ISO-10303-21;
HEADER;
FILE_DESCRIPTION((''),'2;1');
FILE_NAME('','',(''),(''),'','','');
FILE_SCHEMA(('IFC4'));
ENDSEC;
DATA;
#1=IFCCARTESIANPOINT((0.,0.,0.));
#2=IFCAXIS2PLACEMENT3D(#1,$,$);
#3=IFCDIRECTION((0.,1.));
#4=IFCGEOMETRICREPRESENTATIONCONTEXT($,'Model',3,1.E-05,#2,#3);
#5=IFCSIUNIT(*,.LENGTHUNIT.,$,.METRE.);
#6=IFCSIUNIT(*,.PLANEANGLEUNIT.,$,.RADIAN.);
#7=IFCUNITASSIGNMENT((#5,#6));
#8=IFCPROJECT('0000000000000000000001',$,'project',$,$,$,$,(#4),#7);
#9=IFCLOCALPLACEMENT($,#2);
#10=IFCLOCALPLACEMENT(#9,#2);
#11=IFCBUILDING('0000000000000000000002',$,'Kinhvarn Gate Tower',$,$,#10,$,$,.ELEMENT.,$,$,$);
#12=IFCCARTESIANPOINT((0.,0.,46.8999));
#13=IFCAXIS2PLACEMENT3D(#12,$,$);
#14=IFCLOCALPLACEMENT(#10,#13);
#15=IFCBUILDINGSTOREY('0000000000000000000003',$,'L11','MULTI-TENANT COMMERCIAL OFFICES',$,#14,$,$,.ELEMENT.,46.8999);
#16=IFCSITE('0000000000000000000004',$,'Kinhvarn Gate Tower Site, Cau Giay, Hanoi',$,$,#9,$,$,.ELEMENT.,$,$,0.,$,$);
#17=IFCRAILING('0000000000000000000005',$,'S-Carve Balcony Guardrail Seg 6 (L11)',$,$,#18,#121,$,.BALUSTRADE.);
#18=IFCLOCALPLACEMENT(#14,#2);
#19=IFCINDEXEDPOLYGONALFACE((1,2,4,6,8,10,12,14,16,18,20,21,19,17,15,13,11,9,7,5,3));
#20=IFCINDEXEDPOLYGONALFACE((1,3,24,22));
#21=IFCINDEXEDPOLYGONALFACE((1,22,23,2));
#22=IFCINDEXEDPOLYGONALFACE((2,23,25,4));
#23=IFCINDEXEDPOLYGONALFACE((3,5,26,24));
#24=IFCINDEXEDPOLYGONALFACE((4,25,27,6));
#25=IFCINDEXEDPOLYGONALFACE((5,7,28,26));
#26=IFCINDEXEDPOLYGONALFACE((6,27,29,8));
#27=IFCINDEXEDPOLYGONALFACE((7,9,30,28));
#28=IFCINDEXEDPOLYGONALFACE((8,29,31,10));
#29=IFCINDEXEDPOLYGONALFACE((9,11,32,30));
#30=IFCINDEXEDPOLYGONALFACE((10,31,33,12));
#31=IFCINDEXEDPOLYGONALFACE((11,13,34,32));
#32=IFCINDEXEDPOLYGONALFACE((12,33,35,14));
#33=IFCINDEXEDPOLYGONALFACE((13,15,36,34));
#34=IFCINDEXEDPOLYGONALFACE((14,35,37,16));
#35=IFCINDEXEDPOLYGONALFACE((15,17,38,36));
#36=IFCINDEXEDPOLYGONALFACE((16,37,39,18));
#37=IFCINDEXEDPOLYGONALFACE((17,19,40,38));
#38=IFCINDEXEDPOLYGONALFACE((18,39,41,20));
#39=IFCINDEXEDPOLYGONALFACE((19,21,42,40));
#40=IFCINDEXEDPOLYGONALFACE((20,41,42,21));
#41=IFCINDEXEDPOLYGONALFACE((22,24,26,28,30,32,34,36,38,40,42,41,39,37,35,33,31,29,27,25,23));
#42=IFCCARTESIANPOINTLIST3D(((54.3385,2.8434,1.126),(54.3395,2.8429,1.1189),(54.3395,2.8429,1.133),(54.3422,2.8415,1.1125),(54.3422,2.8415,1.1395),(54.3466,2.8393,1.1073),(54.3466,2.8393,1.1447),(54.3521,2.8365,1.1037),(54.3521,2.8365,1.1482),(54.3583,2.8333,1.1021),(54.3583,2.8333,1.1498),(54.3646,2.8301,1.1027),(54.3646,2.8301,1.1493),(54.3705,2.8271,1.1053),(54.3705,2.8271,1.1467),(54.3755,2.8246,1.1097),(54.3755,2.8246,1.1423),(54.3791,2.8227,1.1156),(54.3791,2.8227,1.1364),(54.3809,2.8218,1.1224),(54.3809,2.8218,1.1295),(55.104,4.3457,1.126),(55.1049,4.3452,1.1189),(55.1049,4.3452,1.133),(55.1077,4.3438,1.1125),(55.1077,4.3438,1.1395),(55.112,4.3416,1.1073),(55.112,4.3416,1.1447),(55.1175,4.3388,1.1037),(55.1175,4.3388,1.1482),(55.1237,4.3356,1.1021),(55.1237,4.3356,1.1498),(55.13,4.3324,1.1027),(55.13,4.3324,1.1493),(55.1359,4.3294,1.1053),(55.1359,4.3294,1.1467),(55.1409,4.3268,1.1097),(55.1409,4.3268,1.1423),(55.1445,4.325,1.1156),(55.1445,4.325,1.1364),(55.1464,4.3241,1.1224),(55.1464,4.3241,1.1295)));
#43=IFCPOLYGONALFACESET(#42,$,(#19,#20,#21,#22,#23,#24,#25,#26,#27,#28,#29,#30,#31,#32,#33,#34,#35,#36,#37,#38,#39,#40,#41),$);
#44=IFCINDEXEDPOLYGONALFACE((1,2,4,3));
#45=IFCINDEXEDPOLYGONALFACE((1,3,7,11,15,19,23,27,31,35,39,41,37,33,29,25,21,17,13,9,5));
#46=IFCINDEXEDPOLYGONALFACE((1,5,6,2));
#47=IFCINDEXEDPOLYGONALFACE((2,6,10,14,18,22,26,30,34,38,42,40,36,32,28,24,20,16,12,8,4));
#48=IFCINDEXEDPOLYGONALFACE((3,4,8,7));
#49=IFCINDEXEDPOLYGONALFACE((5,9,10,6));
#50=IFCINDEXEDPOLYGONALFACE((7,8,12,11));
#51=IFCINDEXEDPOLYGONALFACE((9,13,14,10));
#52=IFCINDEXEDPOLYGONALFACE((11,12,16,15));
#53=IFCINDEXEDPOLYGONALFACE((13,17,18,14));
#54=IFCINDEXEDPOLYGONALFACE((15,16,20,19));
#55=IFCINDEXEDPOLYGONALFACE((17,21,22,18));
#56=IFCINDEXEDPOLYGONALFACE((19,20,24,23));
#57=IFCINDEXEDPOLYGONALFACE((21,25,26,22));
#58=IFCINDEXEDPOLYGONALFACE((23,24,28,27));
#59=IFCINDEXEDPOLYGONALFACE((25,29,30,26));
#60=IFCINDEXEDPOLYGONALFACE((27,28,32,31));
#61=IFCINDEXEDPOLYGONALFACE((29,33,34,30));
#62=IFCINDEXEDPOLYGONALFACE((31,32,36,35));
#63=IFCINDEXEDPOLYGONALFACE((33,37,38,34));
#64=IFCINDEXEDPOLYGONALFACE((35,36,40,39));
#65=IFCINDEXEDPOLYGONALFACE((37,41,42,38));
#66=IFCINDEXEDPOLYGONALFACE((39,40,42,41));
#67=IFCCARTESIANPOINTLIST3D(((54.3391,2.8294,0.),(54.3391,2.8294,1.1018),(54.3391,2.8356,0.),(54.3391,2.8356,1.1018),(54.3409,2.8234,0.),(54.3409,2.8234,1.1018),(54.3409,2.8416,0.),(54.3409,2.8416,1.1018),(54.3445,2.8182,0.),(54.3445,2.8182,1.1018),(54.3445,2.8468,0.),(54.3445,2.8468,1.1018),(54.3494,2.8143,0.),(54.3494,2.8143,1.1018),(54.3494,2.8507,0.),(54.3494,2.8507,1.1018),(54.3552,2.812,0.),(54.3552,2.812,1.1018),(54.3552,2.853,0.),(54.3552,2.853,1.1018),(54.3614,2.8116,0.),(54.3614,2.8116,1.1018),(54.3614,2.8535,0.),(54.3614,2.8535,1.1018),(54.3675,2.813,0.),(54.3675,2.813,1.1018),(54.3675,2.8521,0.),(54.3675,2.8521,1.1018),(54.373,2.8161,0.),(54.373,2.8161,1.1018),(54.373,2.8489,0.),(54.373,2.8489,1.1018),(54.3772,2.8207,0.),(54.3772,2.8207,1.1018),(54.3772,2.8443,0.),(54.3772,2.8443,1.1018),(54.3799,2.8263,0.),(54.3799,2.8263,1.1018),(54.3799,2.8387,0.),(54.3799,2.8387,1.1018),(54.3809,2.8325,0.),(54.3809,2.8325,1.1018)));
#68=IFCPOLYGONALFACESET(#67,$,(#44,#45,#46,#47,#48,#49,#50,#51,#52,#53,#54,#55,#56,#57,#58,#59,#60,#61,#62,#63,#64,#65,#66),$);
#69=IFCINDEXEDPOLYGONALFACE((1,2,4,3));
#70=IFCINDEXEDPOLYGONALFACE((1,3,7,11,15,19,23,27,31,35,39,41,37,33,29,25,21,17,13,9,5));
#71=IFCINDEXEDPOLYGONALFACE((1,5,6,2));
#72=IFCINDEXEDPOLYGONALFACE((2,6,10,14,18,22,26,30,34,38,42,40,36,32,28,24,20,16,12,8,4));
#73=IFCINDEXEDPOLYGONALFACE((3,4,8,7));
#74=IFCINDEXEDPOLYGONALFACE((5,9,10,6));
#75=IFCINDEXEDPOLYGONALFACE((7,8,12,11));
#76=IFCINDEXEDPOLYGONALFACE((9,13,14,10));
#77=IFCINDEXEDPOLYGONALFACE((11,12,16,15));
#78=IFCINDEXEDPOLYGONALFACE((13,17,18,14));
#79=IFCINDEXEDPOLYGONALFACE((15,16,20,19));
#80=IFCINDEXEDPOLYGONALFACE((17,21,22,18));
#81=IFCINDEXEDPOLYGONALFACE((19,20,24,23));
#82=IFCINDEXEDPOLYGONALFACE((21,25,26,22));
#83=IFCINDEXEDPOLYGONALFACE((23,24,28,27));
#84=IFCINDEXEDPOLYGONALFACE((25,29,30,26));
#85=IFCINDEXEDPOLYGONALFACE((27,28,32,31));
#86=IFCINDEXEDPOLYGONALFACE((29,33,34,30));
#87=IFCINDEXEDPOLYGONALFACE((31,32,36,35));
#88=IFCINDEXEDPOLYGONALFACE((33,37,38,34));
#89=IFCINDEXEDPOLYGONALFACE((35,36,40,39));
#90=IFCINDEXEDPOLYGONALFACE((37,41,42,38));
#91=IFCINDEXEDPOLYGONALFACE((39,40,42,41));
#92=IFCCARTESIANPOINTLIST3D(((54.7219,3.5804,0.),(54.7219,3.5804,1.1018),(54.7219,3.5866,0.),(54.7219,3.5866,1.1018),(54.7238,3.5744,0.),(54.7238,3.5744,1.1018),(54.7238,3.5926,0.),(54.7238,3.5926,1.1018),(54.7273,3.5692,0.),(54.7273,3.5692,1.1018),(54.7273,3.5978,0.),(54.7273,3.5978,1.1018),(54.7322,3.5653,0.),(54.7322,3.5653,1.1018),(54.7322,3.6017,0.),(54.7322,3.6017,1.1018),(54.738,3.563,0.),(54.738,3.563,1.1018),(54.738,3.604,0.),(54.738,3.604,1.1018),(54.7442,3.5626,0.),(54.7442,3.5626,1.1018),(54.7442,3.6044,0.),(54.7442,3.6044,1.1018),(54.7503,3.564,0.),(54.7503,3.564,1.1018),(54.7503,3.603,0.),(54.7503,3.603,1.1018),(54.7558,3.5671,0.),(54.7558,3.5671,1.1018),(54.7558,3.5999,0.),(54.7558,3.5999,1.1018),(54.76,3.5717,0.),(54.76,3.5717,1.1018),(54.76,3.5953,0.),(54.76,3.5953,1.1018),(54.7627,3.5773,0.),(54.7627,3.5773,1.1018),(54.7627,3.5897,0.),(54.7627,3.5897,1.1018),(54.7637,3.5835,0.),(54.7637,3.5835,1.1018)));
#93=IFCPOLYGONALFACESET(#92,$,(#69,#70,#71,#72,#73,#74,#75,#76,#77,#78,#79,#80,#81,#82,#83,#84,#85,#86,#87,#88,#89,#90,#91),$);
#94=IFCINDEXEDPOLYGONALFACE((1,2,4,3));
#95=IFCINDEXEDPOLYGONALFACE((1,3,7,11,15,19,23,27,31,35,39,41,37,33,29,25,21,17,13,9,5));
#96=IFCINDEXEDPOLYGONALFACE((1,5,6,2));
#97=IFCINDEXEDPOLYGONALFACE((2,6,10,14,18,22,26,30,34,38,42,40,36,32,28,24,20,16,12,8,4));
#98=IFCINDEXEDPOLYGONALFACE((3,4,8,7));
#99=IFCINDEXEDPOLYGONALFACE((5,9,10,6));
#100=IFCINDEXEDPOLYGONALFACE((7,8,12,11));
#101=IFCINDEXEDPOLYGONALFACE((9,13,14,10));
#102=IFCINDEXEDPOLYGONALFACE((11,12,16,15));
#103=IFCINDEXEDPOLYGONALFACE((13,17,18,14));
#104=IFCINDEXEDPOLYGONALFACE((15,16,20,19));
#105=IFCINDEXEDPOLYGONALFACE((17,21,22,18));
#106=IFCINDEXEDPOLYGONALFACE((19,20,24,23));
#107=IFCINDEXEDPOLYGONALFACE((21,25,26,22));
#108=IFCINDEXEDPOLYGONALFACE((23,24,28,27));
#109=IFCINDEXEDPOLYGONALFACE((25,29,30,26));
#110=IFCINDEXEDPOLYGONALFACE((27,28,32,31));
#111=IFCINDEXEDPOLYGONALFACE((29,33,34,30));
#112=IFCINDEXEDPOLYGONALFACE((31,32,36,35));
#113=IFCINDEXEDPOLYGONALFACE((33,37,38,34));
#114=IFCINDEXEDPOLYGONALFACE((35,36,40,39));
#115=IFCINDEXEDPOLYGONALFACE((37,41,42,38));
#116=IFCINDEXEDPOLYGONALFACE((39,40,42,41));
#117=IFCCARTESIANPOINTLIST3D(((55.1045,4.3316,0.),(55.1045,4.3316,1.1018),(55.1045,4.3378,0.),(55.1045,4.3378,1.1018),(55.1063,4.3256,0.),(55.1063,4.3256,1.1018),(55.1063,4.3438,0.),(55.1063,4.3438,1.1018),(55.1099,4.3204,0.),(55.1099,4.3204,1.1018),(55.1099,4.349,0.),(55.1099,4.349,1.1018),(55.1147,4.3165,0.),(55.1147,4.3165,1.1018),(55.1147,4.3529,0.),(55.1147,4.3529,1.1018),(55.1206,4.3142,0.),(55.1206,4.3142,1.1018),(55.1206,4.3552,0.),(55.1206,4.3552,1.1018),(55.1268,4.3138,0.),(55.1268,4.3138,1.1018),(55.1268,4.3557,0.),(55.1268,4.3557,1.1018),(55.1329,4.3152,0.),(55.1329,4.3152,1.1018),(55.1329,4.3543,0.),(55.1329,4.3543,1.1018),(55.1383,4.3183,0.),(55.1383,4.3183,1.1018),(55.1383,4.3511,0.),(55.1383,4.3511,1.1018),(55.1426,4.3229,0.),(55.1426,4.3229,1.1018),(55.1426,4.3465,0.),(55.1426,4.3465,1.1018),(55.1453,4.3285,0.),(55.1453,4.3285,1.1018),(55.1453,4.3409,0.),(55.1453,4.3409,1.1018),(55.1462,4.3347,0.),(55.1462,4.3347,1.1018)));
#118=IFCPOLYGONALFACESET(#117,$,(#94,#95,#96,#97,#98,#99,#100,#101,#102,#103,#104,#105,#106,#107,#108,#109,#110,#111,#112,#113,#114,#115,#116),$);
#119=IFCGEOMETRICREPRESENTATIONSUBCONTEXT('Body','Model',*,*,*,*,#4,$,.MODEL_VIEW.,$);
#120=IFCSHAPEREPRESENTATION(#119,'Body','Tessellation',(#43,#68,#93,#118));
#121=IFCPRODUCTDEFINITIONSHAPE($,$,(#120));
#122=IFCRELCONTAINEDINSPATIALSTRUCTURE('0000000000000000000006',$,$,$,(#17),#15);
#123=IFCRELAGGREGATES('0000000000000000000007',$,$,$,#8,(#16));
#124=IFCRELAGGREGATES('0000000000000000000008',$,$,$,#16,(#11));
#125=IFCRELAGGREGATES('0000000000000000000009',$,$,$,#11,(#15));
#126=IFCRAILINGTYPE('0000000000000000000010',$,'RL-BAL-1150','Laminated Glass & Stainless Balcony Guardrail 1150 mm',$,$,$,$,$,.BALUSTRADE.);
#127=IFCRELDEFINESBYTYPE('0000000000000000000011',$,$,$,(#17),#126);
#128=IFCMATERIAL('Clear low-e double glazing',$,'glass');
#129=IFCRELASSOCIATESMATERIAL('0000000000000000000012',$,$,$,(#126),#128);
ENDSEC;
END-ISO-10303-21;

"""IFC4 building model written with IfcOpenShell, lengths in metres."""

from ifc_helpers import new_model, si_unit, direction, frame, origin, origin_2d, place, context, subcontext, project, spatial, circle, extrude, material, type_object, element, save


model = new_model("IFC4")

# Units and contexts
model_context = context("Model", 3, precision=1e-05, world=origin(), true_north=direction((0.0, 1.0)))
body_context = subcontext(model_context, "Body", "Model", "MODEL_VIEW")
ifc_project = project(units=[si_unit("LENGTHUNIT", "METRE"), si_unit("PLANEANGLEUNIT", "RADIAN")], contexts=[model_context])

# Site, building, storey
site_placement = place(None, origin())
site = spatial("IfcSite", under=ifc_project, at=site_placement, Name="Kinhvarn Gate Tower Site, Cau Giay, Hanoi", CompositionType="ELEMENT", RefElevation=0.0)
building_placement = place(site_placement, origin())
building = spatial("IfcBuilding", under=site, at=building_placement, Name="Kinhvarn Gate Tower", CompositionType="ELEMENT")
storey_placement = place(building_placement, frame((0.0, 0.0, 46.8999)))
storey = spatial("IfcBuildingStorey", under=building, at=storey_placement, Name="L11", Description="MULTI-TENANT COMMERCIAL OFFICES", CompositionType="ELEMENT", Elevation=46.8999)

# Shared definitions
ifc_material_1 = material(Name="Clear low-e double glazing", Category="glass")

# Railing
railing_type = type_object("IfcRailingType", Name="RL-BAL-1150", Description="Laminated Glass & Stainless Balcony Guardrail 1150 mm", PredefinedType="BALUSTRADE", material=ifc_material_1)
railing_1_placement = place(storey_placement, frame((54.3599, 2.8325, 0.0)))
element("IfcRailing", 1, at=railing_1_placement, inside=storey, type_object=railing_type, Name="S-Carve Balcony Guardrail Seg 6 (L11)", PredefinedType="BALUSTRADE", context=body_context, shape_type="SweptSolid", body=[
    extrude(circle(Radius=0.0239, at=origin_2d()), frame((0.0, 0.0, 1.126), z_axis=(0.453978, 0.891013, 0.0), x_axis=(-0.891013, 0.453978, 0.0)), (0.0, 0.0, 1.0), 1.686),
    extrude(circle(Radius=0.021, at=origin_2d()), origin(), (0.0, 0.0, 1.0), 1.1018),
    extrude(circle(Radius=0.021, at=origin_2d()), frame((0.3828, 0.751, 0.0)), (0.0, 0.0, 1.0), 1.1018),
    extrude(circle(Radius=0.021, at=origin_2d()), frame((0.7654, 1.5022, 0.0)), (0.0, 0.0, 1.0), 1.1018),
])

save(model, "model.ifc")
